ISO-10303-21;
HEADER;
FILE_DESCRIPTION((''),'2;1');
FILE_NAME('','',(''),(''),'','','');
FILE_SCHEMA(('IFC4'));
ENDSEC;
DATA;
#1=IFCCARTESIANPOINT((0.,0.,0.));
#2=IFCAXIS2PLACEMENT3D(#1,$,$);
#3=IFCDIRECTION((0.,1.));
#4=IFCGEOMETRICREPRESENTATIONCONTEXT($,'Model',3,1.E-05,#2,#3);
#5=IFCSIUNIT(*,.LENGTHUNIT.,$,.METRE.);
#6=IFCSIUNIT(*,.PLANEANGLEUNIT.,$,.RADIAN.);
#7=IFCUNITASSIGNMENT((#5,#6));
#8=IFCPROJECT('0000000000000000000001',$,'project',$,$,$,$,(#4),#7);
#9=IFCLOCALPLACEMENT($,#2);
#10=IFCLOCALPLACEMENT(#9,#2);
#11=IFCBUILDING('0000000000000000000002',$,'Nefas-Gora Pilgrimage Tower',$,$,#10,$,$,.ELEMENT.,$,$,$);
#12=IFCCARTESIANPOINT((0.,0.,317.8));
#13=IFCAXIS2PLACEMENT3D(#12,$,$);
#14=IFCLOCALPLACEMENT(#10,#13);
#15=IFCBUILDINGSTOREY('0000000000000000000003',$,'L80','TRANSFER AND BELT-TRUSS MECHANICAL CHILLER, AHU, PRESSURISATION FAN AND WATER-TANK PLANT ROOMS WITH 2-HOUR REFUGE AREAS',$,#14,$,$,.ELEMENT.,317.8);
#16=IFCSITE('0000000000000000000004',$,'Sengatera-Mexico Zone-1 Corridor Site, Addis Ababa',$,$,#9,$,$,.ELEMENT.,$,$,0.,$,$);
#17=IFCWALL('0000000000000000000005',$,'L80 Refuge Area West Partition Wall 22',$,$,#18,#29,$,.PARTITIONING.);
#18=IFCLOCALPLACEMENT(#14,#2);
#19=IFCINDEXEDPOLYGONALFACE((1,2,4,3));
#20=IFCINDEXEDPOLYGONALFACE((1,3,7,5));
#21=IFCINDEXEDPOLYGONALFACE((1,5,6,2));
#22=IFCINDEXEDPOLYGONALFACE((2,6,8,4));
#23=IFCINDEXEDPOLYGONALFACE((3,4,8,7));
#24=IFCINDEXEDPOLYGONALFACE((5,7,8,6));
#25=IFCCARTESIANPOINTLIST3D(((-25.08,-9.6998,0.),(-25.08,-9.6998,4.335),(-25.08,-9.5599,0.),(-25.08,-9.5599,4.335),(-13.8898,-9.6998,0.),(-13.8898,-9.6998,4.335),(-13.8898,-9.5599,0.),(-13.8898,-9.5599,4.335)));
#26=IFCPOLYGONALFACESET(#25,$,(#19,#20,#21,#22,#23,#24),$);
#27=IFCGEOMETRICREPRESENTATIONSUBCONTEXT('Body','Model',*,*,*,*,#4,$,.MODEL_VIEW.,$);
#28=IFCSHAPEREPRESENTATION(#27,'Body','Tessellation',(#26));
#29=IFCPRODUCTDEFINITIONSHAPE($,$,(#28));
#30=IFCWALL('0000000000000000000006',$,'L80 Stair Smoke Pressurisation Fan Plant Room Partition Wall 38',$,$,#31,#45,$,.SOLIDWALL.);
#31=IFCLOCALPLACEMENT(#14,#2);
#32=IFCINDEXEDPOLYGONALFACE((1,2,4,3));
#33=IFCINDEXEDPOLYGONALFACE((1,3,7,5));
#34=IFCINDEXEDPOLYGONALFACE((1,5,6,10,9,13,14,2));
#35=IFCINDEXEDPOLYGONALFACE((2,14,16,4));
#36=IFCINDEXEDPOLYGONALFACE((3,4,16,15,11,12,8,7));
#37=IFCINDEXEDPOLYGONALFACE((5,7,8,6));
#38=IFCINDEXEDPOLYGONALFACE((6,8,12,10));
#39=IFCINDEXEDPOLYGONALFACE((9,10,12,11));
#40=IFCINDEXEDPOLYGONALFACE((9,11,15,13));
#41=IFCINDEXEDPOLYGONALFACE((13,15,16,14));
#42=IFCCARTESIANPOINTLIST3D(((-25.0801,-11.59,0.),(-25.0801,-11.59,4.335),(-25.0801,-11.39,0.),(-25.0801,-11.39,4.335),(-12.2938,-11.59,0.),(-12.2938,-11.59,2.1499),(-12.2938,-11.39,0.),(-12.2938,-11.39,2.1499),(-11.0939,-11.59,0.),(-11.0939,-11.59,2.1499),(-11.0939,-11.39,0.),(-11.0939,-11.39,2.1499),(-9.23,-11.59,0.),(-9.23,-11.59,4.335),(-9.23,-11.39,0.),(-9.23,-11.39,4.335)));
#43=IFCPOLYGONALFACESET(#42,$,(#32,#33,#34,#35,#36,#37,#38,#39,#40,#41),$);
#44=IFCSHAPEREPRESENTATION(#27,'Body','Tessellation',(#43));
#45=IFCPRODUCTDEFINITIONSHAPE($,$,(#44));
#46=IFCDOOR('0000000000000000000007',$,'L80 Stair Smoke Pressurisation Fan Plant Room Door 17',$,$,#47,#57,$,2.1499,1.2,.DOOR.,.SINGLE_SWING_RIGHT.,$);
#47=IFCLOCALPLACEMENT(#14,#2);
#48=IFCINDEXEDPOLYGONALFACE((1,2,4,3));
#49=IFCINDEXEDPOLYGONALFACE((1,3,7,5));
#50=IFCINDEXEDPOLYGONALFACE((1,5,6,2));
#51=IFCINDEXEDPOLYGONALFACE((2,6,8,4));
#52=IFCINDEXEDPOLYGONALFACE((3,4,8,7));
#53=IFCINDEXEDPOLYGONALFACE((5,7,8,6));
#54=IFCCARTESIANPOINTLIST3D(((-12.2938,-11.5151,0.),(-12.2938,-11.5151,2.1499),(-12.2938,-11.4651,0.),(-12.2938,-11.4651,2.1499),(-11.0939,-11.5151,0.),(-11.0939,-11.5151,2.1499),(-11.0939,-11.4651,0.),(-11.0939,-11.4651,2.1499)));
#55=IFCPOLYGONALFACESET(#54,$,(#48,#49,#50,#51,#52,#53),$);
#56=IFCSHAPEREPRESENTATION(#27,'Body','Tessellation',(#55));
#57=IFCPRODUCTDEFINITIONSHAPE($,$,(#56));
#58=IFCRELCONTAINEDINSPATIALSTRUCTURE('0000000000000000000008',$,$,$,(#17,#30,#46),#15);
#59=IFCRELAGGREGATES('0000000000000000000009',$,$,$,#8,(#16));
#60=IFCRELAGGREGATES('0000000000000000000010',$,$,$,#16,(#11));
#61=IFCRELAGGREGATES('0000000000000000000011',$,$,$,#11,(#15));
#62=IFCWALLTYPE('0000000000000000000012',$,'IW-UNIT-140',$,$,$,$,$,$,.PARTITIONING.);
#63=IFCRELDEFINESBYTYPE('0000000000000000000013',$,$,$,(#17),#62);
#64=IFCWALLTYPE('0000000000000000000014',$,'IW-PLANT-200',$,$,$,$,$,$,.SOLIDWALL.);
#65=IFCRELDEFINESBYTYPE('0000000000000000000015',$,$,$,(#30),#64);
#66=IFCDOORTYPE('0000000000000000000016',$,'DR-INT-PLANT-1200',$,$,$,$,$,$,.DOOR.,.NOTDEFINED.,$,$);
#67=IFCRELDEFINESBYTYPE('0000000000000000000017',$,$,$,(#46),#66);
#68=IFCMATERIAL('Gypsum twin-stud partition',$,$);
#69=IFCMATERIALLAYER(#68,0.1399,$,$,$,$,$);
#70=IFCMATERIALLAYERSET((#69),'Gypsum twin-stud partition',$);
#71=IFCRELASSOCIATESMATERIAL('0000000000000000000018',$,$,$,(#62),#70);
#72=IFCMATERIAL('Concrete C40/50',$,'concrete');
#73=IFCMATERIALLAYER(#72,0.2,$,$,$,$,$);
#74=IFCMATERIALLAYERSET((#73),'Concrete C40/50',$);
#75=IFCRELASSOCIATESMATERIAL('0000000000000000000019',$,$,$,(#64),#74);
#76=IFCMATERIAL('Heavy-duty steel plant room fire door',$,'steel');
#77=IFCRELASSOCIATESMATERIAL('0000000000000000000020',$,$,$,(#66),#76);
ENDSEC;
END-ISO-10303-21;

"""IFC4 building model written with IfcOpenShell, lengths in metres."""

from ifc_helpers import new_model, si_unit, direction, frame, frame_2d, origin, place, context, subcontext, project, spatial, rectangle, extrude, source, transform, mapped, material, layer, layer_set, type_object, element, fill, save


model = new_model("IFC4")

# Units and contexts
model_context = context("Model", 3, precision=1e-05, world=origin(), true_north=direction((0.0, 1.0)))
body_context = subcontext(model_context, "Body", "Model", "MODEL_VIEW")
ifc_project = project(units=[si_unit("LENGTHUNIT", "METRE"), si_unit("PLANEANGLEUNIT", "RADIAN")], contexts=[model_context])

# Site, building, storey
site_placement = place(None, origin())
site = spatial("IfcSite", under=ifc_project, at=site_placement, Name="Sengatera-Mexico Zone-1 Corridor Site, Addis Ababa", CompositionType="ELEMENT", RefElevation=0.0)
building_placement = place(site_placement, origin())
building = spatial("IfcBuilding", under=site, at=building_placement, Name="Nefas-Gora Pilgrimage Tower", CompositionType="ELEMENT")
storey_placement = place(building_placement, frame((0.0, 0.0, 317.8)))
storey = spatial("IfcBuildingStorey", under=building, at=storey_placement, Name="L80", Description="TRANSFER AND BELT-TRUSS MECHANICAL CHILLER, AHU, PRESSURISATION FAN AND WATER-TANK PLANT ROOMS WITH 2-HOUR REFUGE AREAS", CompositionType="ELEMENT", Elevation=317.8)

# Wall
ifc_material_1 = material(Name="Gypsum twin-stud partition")
ifc_layer_1 = layer(ifc_material_1, 0.1399)
ifc_layer_set_1 = layer_set([ifc_layer_1], Name="Gypsum twin-stud partition")
wall_type_1 = type_object("IfcWallType", Name="IW-UNIT-140", PredefinedType="PARTITIONING", material=ifc_layer_set_1)
shared_shape_1 = source(origin(), body_context, "Body", "SweptSolid", [
    extrude(rectangle(XDim=11.1902, YDim=0.1399, at=frame_2d((5.5952, 0.0))), origin(), (0.0, 0.0, 1.0), 4.335),
])
wall_1_placement = place(storey_placement, frame((-25.0801, -9.6299, 0.0), z_axis=(0.0, 0.0, 1.0), x_axis=(1.0, 0.0, 0.0)))
element("IfcWall", 1, at=wall_1_placement, inside=storey, type_object=wall_type_1, Name="L80 Refuge Area West Partition Wall 22", PredefinedType="PARTITIONING", context=body_context, shape_type="MappedRepresentation", body=[
    mapped(shared_shape_1, transform((0.0, 0.0, 0.0), x_axis=(1.0, 0.0, 0.0), y_axis=(0.0, 1.0, 0.0), z_axis=(0.0, 0.0, 1.0), scale=1.0)),
])

# Wall, opening, door
ifc_material_2 = material(Name="Concrete C40/50", Category="concrete")
ifc_layer_2 = layer(ifc_material_2, 0.2)
ifc_layer_set_2 = layer_set([ifc_layer_2], Name="Concrete C40/50")
wall_type_2 = type_object("IfcWallType", Name="IW-PLANT-200", PredefinedType="SOLIDWALL", material=ifc_layer_set_2)
shared_shape_2 = source(origin(), body_context, "Body", "SweptSolid", [
    extrude(rectangle(XDim=15.8501, YDim=0.2, at=frame_2d((7.925, 0.0))), origin(), (0.0, 0.0, 1.0), 4.335),
])
wall_2_placement = place(storey_placement, frame((-25.0801, -11.49, 0.0), z_axis=(0.0, 0.0, 1.0), x_axis=(1.0, 0.0, 0.0)))
wall_2 = element("IfcWall", 2, at=wall_2_placement, inside=storey, type_object=wall_type_2, Name="L80 Stair Smoke Pressurisation Fan Plant Room Partition Wall 38", PredefinedType="SOLIDWALL", context=body_context, shape_type="MappedRepresentation", body=[
    mapped(shared_shape_2, transform((0.0, 0.0, 0.0), x_axis=(1.0, 0.0, 0.0), y_axis=(0.0, 1.0, 0.0), z_axis=(0.0, 0.0, 1.0), scale=1.0)),
])
opening_placement = place(wall_2_placement, frame((12.7861, 0.0, 0.0)))
opening = element("IfcOpeningElement", 3, at=opening_placement, cuts=wall_2, PredefinedType="OPENING", context=body_context, shape_type="SweptSolid", body=[
    extrude(rectangle(XDim=1.2, YDim=2.1499, at=frame_2d((0.6001, 1.075))), frame((0.0, 0.1099, 0.0), z_axis=(0.0, -1.0, 0.0), x_axis=(1.0, 0.0, 0.0)), (0.0, 0.0, 1.0), 0.22),
])
ifc_material_3 = material(Name="Heavy-duty steel plant room fire door", Category="steel")
door_type = type_object("IfcDoorType", Name="DR-INT-PLANT-1200", OperationType="NOTDEFINED", PredefinedType="DOOR", material=ifc_material_3)
shared_shape_3 = source(origin(), body_context, "Body", "SweptSolid", [
    extrude(rectangle(XDim=1.2, YDim=2.1499, at=frame_2d((0.6001, 1.075))), frame((0.0, 0.0249, 0.0), z_axis=(0.0, -1.0, 0.0), x_axis=(1.0, 0.0, 0.0)), (0.0, 0.0, 1.0), 0.05),
])
door_placement = place(opening_placement, origin())
door = element("IfcDoor", 4, at=door_placement, inside=storey, type_object=door_type, Name="L80 Stair Smoke Pressurisation Fan Plant Room Door 17", OperationType="SINGLE_SWING_RIGHT", OverallHeight=2.1499, OverallWidth=1.2, PredefinedType="DOOR", context=body_context, shape_type="MappedRepresentation", body=[
    mapped(shared_shape_3, transform((0.0, 0.0, 0.0), x_axis=(1.0, 0.0, 0.0), y_axis=(0.0, 1.0, 0.0), z_axis=(0.0, 0.0, 1.0), scale=1.0)),
])
fill(opening, door)

save(model, "model.ifc")
